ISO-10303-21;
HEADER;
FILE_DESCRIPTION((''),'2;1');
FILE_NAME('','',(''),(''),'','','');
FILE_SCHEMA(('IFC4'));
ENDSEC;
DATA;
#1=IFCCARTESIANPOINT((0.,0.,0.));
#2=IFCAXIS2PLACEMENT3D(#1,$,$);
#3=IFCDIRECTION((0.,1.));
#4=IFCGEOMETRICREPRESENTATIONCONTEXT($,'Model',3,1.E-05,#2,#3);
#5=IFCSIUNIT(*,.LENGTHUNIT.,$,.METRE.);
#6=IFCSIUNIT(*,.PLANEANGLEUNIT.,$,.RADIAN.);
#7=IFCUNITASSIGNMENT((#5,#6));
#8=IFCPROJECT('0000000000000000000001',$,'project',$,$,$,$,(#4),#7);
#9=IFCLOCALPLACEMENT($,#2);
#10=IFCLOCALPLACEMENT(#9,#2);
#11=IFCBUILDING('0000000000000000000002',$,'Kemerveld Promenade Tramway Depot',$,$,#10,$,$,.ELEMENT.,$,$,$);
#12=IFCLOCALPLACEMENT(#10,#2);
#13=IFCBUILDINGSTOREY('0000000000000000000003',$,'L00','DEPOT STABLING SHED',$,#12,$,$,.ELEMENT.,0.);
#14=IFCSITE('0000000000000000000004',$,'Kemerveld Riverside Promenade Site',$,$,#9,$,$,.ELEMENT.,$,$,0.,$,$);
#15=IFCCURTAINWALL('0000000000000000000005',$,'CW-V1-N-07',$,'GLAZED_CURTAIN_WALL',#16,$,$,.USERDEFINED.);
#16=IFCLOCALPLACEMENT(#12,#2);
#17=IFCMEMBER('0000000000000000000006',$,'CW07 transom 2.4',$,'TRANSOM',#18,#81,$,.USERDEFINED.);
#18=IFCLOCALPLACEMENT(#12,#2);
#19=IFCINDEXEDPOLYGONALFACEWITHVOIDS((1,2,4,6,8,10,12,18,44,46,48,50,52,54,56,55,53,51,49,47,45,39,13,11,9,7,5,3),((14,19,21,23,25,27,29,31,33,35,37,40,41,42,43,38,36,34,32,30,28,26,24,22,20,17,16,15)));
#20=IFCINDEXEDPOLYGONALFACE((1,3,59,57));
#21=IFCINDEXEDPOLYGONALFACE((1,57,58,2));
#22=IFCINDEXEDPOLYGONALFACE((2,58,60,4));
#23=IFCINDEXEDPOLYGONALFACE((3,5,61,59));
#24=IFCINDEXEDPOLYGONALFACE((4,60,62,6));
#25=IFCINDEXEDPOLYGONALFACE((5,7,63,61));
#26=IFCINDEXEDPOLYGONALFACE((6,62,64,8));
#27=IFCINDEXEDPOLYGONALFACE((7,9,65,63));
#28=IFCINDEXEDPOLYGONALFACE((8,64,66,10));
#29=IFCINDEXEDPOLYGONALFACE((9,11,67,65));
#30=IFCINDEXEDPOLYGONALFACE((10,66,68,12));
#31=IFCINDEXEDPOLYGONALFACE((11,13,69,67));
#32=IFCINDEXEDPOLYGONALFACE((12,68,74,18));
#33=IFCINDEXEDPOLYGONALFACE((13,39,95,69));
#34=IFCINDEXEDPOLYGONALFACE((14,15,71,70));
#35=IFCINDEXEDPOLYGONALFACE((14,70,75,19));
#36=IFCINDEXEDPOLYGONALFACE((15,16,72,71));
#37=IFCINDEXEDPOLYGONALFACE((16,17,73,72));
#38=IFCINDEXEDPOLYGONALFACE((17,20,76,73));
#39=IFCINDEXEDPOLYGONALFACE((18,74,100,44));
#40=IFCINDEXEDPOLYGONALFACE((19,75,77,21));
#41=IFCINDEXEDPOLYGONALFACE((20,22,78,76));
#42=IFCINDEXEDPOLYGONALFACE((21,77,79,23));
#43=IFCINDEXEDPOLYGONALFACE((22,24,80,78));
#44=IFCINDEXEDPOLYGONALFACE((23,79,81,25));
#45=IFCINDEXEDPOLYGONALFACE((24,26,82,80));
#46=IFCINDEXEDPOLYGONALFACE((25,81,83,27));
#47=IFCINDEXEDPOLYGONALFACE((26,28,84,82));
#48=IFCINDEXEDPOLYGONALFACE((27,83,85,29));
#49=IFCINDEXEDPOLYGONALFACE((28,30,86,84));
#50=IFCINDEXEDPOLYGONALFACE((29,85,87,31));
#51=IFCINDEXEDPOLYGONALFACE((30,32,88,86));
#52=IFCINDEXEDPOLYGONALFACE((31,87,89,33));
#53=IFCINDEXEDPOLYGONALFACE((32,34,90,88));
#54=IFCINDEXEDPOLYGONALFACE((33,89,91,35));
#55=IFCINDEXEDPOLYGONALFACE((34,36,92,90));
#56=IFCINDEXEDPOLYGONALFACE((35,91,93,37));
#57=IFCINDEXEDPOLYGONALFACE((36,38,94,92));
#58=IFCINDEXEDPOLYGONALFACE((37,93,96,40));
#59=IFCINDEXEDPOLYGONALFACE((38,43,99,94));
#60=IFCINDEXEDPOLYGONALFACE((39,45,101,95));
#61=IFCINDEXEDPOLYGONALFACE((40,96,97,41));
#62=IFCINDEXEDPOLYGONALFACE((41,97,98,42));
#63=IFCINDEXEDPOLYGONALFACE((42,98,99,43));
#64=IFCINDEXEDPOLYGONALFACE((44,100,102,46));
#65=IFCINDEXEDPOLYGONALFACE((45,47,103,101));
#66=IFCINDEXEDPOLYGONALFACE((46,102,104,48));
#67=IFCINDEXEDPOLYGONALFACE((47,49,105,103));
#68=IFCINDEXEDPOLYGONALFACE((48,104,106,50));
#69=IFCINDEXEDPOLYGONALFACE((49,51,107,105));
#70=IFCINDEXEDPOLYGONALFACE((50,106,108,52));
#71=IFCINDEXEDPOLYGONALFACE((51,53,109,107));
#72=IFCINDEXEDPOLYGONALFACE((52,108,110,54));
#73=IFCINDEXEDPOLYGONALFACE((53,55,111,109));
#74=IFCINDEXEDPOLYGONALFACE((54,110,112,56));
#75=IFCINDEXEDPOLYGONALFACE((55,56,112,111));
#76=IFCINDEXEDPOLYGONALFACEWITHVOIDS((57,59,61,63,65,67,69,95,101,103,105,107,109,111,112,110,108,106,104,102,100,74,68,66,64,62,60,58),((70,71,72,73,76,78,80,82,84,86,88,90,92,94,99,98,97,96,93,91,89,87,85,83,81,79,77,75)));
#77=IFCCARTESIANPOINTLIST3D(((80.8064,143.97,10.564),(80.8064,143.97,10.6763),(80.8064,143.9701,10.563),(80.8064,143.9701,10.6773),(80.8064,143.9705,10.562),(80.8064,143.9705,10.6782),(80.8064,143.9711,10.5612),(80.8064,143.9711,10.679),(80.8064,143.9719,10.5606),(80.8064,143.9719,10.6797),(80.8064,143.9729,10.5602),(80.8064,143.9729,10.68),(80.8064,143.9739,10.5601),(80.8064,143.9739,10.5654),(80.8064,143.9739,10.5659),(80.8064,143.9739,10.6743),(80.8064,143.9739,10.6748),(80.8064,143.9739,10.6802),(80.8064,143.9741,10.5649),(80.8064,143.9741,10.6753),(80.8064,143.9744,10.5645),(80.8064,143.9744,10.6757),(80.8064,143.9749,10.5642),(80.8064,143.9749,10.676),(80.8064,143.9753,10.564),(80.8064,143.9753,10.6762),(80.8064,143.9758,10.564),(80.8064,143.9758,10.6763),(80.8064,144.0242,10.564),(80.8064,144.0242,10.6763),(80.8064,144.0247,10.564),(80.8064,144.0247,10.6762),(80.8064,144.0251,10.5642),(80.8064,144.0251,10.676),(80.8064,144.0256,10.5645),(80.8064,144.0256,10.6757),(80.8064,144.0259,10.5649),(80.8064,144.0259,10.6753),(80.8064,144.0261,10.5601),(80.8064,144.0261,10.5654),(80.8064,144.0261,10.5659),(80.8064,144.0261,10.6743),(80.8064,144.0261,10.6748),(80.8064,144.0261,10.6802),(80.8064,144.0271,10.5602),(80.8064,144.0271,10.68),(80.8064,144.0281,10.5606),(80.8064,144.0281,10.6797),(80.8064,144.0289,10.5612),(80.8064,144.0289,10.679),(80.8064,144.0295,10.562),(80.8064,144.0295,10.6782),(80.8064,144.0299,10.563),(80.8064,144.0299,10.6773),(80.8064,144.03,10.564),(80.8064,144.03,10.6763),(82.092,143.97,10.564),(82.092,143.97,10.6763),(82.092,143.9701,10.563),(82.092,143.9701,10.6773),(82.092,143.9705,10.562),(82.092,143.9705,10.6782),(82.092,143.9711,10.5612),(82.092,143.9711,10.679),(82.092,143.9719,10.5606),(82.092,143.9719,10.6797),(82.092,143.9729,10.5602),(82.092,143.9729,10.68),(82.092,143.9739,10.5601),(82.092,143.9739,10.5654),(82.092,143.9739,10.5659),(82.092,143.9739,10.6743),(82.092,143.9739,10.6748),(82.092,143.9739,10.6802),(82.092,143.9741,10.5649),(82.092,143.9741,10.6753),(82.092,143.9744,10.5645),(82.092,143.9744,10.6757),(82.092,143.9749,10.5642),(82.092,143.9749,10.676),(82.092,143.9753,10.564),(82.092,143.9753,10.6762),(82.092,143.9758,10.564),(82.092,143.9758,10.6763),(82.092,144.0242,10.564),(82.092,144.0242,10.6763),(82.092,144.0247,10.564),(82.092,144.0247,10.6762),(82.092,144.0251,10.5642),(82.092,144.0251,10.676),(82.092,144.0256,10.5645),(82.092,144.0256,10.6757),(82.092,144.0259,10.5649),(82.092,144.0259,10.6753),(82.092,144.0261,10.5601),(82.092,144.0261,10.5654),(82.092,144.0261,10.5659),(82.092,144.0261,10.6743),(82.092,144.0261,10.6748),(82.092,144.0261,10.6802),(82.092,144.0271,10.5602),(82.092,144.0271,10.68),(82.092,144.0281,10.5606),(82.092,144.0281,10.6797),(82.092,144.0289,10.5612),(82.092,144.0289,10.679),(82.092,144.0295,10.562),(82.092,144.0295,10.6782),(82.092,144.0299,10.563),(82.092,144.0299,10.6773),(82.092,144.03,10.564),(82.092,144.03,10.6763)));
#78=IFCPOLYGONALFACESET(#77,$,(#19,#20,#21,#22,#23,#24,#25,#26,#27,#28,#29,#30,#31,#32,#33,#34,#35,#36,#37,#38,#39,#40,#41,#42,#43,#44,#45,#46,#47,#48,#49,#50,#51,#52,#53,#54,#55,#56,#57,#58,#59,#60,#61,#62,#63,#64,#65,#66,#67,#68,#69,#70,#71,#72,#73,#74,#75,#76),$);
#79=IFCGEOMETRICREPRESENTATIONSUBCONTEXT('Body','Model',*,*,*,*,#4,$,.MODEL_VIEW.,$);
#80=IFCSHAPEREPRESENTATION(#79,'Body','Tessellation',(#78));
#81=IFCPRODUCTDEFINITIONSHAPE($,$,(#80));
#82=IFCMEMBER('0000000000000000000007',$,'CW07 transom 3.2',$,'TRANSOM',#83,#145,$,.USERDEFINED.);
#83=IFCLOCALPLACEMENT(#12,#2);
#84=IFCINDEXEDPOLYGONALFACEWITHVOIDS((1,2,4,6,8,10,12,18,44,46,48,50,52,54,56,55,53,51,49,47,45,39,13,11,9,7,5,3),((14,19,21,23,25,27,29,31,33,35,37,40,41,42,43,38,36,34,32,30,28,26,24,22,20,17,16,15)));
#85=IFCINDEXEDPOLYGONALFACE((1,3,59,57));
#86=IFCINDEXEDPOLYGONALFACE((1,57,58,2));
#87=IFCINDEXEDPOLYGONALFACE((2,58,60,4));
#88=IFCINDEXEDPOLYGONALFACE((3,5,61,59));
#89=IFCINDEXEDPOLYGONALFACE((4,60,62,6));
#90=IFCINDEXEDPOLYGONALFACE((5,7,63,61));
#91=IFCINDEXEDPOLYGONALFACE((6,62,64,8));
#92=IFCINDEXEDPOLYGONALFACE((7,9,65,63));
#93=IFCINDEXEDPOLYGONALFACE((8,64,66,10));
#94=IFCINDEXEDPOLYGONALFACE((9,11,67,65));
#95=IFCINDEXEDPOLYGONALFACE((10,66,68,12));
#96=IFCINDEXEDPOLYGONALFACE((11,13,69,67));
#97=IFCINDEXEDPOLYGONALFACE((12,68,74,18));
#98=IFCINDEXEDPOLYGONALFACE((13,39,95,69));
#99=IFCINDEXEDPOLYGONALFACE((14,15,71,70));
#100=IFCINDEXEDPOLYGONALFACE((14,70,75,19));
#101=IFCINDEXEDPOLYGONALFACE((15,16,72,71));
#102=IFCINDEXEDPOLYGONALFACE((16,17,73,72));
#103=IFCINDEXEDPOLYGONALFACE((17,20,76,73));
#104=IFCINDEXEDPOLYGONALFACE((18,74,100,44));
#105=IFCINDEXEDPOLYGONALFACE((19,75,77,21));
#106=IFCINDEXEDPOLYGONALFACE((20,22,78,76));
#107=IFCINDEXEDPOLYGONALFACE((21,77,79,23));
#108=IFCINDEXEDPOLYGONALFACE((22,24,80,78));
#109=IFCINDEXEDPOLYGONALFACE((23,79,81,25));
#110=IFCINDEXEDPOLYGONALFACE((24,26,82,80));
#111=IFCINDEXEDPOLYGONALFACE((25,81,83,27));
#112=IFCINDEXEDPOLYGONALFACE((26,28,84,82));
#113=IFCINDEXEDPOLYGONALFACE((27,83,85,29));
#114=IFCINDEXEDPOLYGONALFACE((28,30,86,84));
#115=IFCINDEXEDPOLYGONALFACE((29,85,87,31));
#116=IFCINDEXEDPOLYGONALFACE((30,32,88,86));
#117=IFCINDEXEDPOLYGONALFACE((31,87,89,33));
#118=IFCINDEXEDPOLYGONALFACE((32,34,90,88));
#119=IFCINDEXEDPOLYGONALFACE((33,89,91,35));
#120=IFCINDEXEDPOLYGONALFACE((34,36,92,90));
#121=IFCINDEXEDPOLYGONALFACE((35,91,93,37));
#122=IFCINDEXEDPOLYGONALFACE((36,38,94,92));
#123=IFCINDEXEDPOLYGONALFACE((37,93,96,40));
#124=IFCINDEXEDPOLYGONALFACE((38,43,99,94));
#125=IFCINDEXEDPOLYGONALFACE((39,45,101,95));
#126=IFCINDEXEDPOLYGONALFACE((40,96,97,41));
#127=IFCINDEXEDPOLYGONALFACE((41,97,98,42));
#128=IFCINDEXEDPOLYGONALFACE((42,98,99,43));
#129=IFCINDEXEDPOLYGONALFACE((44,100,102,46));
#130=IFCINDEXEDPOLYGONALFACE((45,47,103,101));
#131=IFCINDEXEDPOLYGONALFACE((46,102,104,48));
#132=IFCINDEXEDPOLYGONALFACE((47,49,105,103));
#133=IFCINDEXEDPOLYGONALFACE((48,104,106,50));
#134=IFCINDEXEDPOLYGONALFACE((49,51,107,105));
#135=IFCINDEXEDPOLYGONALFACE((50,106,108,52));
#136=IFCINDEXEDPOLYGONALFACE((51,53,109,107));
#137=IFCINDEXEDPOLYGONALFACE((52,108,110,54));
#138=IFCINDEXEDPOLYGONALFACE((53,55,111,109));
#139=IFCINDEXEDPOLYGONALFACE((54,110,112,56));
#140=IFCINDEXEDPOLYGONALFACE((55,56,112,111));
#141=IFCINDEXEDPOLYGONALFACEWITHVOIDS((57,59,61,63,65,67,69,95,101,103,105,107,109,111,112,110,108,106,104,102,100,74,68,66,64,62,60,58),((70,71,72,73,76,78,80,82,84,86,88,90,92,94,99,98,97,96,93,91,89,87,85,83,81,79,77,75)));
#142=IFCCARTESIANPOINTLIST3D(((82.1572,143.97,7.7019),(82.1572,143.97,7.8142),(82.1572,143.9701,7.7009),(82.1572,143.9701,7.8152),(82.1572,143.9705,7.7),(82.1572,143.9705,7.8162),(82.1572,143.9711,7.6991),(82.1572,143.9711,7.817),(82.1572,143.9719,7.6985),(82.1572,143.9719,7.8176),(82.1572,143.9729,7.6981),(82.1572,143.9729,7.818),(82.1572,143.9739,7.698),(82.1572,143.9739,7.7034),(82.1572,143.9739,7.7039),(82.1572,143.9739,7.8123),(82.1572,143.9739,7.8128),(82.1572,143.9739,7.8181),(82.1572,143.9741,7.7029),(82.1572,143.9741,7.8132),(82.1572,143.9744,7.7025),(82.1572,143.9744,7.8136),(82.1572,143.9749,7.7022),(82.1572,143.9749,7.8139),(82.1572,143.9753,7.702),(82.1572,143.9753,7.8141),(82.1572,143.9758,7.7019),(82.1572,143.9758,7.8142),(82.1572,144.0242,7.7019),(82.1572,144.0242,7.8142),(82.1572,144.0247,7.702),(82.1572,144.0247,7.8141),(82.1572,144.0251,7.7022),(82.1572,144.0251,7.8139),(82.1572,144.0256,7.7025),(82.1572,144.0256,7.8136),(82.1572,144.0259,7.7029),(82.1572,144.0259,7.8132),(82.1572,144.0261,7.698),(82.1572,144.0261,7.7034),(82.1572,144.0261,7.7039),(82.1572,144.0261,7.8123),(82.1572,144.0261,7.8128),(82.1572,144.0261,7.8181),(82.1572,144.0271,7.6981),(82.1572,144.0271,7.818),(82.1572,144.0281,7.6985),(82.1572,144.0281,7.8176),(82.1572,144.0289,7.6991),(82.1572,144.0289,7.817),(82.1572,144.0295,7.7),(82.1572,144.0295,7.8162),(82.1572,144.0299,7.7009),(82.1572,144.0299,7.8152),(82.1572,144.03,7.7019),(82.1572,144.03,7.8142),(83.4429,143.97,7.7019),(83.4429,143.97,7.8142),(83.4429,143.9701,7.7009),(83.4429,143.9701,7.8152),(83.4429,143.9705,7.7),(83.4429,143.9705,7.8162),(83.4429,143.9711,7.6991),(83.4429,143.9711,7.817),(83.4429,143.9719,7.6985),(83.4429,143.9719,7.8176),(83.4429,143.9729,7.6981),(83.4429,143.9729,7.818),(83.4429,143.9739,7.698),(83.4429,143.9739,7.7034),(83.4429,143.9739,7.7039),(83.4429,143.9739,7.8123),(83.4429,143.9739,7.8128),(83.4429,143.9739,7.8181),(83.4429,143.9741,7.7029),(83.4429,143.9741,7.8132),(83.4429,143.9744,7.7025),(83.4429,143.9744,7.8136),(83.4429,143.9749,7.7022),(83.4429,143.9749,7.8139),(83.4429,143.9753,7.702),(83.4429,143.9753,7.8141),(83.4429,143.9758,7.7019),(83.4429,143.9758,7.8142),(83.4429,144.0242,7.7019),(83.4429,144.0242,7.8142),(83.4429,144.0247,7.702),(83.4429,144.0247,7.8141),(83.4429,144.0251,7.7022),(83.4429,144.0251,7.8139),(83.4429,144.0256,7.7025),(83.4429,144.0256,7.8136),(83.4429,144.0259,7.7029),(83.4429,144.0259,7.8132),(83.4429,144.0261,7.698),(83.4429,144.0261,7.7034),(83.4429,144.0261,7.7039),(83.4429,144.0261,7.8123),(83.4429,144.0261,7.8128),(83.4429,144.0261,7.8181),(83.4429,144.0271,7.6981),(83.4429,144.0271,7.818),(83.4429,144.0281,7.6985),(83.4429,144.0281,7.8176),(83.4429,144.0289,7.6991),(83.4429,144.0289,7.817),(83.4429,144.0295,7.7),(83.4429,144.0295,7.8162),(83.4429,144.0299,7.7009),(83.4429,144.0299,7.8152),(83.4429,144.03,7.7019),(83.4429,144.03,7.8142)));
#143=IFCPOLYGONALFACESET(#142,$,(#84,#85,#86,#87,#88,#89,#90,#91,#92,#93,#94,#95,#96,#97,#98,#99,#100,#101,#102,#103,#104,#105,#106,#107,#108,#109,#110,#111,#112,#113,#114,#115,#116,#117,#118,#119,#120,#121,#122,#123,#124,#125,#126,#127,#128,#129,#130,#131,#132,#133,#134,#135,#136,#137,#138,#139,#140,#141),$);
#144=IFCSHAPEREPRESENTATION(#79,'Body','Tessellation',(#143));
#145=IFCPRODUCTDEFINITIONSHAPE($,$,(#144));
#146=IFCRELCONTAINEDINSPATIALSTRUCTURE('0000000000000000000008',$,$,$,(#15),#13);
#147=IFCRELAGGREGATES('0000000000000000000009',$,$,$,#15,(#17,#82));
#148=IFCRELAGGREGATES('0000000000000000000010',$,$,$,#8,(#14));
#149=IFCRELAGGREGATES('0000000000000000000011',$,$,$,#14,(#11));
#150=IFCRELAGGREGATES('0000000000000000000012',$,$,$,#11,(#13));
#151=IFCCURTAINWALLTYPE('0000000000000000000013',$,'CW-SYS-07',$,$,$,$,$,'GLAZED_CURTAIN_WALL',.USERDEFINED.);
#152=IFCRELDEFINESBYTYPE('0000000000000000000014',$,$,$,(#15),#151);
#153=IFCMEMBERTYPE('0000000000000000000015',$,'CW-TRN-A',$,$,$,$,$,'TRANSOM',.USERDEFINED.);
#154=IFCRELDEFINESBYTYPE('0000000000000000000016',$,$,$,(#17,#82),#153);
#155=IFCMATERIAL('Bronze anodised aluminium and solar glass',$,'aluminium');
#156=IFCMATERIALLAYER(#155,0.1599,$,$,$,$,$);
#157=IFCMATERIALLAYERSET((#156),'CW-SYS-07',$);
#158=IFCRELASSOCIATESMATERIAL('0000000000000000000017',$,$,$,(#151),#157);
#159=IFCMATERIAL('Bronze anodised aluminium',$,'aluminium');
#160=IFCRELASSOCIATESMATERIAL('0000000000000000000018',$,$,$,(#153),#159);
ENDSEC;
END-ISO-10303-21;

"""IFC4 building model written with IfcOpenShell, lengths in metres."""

from ifc_helpers import new_model, si_unit, direction, frame, origin, origin_2d, place, context, subcontext, project, spatial, hollow_rectangle, extrude, material, layer, layer_set, material_profile, profile_set, type_object, element, aggregate, save


model = new_model("IFC4")

# Units and contexts
model_context = context("Model", 3, precision=1e-05, world=origin(), true_north=direction((0.0, 1.0)))
body_context = subcontext(model_context, "Body", "Model", "MODEL_VIEW")
ifc_project = project(units=[si_unit("LENGTHUNIT", "METRE"), si_unit("PLANEANGLEUNIT", "RADIAN")], contexts=[model_context])

# Site, building, storey
site_placement = place(None, origin())
site = spatial("IfcSite", under=ifc_project, at=site_placement, Name="Kemerveld Riverside Promenade Site", CompositionType="ELEMENT", RefElevation=0.0)
building_placement = place(site_placement, origin())
building = spatial("IfcBuilding", under=site, at=building_placement, Name="Kemerveld Promenade Tramway Depot", CompositionType="ELEMENT")
storey_placement = place(building_placement, origin())
storey = spatial("IfcBuildingStorey", under=building, at=storey_placement, Name="L00", Description="DEPOT STABLING SHED", CompositionType="ELEMENT", Elevation=0.0)

# Curtain wall, members
ifc_material_1 = material(Name="Bronze anodised aluminium and solar glass", Category="aluminium")
ifc_layer_1 = layer(ifc_material_1, 0.1599)
ifc_layer_set_1 = layer_set([ifc_layer_1], Name="CW-SYS-07")
curtain_wall_type_1 = type_object("IfcCurtainWallType", Name="CW-SYS-07", ElementType="GLAZED_CURTAIN_WALL", PredefinedType="USERDEFINED", material=ifc_layer_set_1)
curtain_wall_1_placement = place(storey_placement, origin())
curtain_wall_1 = element("IfcCurtainWall", 1, at=curtain_wall_1_placement, inside=storey, type_object=curtain_wall_type_1, Name="CW-V1-N-07", ObjectType="GLAZED_CURTAIN_WALL", PredefinedType="USERDEFINED")
ifc_material_2 = material(Name="Bronze anodised aluminium", Category="aluminium")
ifc_material_profile_1 = material_profile(ifc_material_2, hollow_rectangle(XDim=0.0601, YDim=0.1201, WallThickness=0.0039, InnerFilletRadius=0.002, OuterFilletRadius=0.0039, at=origin_2d()), Name="CW-TRN-120x60")
ifc_profile_set_1 = profile_set([ifc_material_profile_1], Name="Bronze anodised aluminium")
member_type_1 = type_object("IfcMemberType", Name="CW-TRN-A", ElementType="TRANSOM", PredefinedType="USERDEFINED", material=ifc_profile_set_1)
member_1_placement = place(storey_placement, frame((80.8064, 144.0, 10.6201), z_axis=(1.0, 0.0, 0.0), x_axis=(0.0, 1.0, 0.0)))
member_1 = element("IfcMember", 2, at=member_1_placement, type_object=member_type_1, Name="CW07 transom 2.4", ObjectType="TRANSOM", PredefinedType="USERDEFINED", context=body_context, shape_type="SweptSolid", body=[
    extrude(hollow_rectangle(XDim=0.0601, YDim=0.1201, WallThickness=0.0039, InnerFilletRadius=0.002, OuterFilletRadius=0.0039, at=origin_2d()), origin(), (0.0, 0.0, 1.0), 1.2856),
])
member_2_placement = place(storey_placement, frame((82.1572, 144.0, 7.7581), z_axis=(1.0, 0.0, 0.0), x_axis=(0.0, 1.0, 0.0)))
member_2 = element("IfcMember", 3, at=member_2_placement, type_object=member_type_1, Name="CW07 transom 3.2", ObjectType="TRANSOM", PredefinedType="USERDEFINED", context=body_context, shape_type="SweptSolid", body=[
    extrude(hollow_rectangle(XDim=0.0601, YDim=0.1201, WallThickness=0.0039, InnerFilletRadius=0.002, OuterFilletRadius=0.0039, at=origin_2d()), origin(), (0.0, 0.0, 1.0), 1.2856),
])

aggregate(curtain_wall_1, [member_1, member_2])

save(model, "model.ifc")
